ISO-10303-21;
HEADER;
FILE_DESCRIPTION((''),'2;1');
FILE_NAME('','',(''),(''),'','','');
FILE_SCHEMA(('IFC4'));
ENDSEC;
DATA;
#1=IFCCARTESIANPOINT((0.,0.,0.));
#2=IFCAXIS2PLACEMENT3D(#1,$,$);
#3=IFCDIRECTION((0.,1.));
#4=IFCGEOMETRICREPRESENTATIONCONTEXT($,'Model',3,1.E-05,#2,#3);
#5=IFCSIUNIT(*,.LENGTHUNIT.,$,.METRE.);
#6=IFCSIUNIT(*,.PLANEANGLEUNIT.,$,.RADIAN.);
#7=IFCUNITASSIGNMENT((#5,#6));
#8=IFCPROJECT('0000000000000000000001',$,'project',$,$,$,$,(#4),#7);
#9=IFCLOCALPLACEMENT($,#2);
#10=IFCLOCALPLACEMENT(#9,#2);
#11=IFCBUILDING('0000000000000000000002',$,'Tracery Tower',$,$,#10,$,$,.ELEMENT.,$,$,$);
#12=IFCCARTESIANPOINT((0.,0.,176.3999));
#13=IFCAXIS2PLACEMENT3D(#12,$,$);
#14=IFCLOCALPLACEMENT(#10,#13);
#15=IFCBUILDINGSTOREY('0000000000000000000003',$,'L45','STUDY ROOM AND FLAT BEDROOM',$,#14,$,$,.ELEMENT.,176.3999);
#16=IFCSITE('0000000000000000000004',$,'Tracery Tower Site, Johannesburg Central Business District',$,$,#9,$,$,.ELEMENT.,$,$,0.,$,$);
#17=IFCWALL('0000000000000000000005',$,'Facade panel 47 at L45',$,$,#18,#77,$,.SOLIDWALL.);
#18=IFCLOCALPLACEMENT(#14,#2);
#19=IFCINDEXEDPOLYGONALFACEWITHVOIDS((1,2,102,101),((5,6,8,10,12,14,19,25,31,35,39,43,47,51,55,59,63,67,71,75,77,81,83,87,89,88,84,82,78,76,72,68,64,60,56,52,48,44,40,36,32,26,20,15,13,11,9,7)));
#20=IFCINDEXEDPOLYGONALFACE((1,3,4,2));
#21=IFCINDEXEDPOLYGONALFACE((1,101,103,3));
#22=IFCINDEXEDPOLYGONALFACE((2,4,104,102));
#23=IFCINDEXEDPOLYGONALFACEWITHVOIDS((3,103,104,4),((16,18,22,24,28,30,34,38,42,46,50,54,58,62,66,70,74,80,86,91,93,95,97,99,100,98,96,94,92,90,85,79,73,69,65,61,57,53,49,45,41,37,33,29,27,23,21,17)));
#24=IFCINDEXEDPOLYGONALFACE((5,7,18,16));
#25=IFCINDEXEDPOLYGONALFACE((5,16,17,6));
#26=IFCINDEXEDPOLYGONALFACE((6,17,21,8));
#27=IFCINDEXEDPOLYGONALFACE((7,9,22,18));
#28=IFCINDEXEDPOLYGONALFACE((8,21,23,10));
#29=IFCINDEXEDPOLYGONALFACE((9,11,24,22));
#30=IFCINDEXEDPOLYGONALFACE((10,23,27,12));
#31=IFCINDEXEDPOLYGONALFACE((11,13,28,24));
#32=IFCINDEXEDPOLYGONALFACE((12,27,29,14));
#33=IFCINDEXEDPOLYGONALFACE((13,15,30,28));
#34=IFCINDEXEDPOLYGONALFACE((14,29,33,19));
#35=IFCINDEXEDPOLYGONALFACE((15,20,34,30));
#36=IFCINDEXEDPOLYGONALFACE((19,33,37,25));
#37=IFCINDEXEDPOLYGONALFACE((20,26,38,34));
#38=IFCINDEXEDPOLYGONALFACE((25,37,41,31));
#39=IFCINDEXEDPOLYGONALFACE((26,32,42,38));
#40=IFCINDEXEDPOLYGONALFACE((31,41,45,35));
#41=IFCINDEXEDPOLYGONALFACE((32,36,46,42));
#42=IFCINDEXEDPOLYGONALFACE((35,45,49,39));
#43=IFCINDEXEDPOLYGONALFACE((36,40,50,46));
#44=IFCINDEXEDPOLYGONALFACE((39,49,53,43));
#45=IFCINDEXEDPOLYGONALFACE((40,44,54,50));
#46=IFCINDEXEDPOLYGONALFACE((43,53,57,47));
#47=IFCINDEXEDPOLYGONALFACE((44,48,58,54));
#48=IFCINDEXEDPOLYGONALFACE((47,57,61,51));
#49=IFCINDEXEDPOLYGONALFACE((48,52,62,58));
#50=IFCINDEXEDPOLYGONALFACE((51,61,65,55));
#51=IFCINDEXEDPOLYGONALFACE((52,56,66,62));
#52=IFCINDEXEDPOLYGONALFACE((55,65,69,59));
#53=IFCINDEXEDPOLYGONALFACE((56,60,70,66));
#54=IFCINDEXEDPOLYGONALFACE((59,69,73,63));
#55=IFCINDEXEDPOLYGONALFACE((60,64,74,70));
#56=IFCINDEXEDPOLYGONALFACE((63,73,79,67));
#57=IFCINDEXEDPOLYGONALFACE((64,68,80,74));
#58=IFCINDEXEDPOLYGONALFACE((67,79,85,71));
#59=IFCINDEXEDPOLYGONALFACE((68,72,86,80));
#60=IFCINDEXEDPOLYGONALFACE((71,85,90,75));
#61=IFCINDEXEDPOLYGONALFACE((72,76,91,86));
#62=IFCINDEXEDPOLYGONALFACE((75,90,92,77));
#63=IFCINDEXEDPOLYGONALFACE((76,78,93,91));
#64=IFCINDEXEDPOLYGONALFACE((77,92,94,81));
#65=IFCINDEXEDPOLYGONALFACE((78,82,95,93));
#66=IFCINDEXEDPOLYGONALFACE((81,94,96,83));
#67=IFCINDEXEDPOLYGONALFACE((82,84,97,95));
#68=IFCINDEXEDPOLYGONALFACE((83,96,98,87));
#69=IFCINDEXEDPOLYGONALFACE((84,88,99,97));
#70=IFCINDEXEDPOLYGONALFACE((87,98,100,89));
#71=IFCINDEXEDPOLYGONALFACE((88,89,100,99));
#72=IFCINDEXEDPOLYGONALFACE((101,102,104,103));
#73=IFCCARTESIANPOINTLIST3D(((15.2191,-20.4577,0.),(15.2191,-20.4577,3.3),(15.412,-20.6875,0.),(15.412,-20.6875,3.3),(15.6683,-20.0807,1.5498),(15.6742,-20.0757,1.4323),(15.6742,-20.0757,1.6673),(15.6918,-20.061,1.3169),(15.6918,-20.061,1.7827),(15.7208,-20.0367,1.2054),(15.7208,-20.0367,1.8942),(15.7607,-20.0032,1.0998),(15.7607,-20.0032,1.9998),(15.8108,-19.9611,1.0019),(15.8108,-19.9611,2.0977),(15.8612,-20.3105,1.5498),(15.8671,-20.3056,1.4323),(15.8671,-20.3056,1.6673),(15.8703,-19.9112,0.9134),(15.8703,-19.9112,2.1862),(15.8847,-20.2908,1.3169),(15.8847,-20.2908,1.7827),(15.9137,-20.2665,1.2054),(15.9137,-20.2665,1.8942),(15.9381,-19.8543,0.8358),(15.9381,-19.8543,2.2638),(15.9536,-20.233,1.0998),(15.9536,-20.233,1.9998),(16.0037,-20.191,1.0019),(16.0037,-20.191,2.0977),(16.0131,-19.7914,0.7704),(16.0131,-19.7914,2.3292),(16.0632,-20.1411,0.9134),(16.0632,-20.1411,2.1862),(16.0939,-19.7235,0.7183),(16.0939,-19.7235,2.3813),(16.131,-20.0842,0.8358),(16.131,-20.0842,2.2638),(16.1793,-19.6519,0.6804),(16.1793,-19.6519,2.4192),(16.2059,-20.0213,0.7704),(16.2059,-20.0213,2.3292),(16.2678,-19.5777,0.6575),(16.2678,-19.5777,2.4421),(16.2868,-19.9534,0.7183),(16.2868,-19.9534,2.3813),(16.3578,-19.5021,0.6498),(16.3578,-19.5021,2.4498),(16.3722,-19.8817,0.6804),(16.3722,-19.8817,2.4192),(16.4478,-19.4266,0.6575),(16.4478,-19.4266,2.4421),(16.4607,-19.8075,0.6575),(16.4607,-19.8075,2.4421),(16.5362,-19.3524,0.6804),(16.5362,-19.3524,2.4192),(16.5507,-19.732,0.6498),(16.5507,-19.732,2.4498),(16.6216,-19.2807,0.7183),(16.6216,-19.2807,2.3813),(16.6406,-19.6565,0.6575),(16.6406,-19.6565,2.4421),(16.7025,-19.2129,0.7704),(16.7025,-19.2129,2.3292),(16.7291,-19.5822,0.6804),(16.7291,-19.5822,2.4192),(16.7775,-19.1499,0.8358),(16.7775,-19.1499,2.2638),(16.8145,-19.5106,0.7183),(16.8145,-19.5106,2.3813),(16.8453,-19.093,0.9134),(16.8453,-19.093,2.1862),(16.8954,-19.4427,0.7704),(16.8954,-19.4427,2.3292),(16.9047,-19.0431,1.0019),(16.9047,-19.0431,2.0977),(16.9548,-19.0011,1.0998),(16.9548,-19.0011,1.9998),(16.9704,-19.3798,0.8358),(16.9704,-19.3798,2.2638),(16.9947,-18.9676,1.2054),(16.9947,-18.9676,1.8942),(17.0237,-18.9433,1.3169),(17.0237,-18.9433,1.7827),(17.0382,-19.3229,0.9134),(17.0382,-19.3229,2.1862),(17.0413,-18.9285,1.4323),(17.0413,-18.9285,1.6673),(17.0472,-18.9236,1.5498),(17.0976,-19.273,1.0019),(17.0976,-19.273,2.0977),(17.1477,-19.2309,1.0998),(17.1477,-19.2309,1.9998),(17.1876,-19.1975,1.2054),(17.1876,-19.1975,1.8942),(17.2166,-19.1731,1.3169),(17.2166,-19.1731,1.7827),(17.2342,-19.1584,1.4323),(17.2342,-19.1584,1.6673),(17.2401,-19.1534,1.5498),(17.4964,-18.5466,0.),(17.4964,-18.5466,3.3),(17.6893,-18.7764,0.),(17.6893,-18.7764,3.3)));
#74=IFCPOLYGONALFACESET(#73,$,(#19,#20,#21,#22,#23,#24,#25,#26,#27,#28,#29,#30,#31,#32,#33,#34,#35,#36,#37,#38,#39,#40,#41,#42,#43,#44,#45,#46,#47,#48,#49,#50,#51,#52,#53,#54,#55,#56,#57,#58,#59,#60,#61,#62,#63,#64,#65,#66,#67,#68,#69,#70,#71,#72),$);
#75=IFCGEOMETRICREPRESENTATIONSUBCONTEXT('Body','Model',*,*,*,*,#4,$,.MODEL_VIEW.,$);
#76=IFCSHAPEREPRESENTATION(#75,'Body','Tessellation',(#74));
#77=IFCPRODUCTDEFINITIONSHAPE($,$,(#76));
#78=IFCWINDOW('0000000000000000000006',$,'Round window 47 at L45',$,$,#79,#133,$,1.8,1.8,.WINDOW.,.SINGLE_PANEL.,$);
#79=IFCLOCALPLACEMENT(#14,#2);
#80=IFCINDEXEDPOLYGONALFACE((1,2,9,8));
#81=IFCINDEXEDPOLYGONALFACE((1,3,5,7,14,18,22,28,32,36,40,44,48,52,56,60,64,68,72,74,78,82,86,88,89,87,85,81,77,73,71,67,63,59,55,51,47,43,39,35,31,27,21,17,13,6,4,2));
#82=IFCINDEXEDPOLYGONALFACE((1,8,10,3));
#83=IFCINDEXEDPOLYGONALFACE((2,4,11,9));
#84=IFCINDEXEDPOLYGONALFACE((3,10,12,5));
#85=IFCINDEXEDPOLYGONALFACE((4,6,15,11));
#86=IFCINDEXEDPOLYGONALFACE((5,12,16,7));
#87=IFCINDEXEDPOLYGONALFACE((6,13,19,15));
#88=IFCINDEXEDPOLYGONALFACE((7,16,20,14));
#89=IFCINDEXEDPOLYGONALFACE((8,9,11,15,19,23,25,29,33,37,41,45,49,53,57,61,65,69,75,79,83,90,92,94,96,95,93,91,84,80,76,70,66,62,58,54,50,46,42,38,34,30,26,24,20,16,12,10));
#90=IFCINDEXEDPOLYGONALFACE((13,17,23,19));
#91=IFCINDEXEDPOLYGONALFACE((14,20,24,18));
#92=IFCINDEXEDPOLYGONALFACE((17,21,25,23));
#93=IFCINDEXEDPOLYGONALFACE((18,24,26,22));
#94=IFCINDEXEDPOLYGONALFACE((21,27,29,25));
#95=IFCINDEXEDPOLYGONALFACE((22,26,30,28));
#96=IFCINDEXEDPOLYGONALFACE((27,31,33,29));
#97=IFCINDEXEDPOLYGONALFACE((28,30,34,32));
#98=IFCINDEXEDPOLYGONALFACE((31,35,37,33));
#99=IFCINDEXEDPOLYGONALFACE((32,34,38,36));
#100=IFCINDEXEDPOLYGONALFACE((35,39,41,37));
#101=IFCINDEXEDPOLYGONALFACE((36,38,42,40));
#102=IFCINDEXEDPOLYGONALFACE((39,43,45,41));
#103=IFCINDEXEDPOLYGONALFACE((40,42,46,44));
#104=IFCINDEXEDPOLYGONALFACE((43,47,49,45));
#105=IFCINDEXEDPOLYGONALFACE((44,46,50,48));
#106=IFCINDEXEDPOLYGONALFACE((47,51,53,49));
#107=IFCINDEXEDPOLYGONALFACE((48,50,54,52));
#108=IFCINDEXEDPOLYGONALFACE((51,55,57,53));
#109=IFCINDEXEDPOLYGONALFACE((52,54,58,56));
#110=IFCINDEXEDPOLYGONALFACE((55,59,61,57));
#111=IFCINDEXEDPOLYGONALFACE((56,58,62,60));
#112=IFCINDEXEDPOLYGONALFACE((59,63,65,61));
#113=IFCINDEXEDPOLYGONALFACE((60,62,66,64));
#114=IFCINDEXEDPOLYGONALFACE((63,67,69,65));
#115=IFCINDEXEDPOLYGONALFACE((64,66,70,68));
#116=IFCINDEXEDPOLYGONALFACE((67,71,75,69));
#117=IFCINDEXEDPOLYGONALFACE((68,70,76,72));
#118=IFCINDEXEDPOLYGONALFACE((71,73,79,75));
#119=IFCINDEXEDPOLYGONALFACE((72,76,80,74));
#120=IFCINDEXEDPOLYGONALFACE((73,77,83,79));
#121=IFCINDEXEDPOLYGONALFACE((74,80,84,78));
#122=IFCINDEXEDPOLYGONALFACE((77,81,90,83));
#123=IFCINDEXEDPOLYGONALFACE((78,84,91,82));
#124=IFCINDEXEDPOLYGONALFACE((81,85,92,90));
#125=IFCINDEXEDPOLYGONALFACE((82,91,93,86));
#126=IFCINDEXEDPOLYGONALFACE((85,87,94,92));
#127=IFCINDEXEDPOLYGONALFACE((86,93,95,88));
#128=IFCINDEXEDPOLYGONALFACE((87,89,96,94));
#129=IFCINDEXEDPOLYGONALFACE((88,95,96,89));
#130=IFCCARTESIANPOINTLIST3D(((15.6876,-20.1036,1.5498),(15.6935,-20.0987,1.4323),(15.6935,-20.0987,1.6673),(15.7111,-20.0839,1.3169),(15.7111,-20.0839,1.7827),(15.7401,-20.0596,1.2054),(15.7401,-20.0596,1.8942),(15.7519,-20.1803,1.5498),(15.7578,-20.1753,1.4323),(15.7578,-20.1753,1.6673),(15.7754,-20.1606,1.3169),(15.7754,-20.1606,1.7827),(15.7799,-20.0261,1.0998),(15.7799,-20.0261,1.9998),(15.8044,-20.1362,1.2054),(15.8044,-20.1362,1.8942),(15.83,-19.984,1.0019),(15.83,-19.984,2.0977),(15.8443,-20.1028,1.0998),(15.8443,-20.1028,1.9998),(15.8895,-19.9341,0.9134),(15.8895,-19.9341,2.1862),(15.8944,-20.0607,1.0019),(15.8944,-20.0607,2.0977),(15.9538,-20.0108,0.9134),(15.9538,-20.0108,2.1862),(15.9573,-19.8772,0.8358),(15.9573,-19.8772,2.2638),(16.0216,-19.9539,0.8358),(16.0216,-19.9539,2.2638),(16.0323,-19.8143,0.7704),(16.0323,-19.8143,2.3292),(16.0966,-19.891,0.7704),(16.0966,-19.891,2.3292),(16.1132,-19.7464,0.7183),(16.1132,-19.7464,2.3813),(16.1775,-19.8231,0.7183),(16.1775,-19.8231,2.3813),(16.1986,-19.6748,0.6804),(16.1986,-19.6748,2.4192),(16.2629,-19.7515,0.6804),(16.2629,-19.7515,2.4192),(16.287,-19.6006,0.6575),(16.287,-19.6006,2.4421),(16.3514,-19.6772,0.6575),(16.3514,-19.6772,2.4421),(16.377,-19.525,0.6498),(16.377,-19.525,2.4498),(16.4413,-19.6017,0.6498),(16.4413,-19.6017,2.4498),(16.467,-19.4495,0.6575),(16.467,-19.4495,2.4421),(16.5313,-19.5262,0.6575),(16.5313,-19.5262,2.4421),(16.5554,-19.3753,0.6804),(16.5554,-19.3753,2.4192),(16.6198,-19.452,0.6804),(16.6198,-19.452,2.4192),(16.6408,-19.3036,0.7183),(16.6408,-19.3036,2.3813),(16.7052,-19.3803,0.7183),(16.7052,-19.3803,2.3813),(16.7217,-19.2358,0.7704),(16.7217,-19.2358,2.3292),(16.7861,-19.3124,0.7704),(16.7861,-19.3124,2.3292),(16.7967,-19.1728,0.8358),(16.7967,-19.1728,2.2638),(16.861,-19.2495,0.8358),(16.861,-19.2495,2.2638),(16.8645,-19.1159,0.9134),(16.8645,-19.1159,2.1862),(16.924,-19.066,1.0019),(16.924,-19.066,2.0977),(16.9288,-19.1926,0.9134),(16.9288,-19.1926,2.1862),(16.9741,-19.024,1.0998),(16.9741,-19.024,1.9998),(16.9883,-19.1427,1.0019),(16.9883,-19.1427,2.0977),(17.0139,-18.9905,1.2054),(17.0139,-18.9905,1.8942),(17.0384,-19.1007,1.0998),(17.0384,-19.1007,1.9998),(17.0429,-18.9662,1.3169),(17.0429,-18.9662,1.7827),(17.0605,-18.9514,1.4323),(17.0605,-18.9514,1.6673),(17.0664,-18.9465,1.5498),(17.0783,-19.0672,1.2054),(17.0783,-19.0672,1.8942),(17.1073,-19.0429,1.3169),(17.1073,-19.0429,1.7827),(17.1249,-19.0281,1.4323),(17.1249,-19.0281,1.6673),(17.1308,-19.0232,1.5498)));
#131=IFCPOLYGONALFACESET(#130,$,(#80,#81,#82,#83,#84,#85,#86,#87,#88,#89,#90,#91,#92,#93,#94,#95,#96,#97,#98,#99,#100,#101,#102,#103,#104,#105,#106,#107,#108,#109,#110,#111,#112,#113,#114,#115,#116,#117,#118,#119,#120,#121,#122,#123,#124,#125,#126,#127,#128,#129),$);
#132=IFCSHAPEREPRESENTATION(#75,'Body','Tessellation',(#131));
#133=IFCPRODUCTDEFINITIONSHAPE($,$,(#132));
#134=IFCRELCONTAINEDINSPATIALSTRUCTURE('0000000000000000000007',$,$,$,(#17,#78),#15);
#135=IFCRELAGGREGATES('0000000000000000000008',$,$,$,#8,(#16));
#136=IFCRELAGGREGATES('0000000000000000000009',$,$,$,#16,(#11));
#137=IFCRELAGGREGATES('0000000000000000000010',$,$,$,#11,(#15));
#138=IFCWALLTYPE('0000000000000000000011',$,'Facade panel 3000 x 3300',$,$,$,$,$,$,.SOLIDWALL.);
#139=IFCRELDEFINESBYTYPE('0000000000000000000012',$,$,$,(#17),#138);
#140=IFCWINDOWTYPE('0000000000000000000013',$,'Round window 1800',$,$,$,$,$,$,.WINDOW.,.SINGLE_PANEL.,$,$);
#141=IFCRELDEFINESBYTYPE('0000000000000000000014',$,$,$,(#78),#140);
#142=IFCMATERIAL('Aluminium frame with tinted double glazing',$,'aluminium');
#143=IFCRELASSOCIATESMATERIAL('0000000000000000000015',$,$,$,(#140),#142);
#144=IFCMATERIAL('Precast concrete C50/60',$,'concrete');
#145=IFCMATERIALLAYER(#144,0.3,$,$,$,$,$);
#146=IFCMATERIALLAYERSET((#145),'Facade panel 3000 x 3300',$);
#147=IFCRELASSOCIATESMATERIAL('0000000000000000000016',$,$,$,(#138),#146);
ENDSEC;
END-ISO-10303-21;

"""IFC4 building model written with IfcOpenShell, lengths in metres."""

from ifc_helpers import new_model, si_unit, direction, frame, frame_2d, origin, origin_2d, place, context, subcontext, project, spatial, rectangle, circle, extrude, material, layer, layer_set, type_object, element, fill, save


model = new_model("IFC4")

# Units and contexts
model_context = context("Model", 3, precision=1e-05, world=origin(), true_north=direction((0.0, 1.0)))
body_context = subcontext(model_context, "Body", "Model", "MODEL_VIEW")
ifc_project = project(units=[si_unit("LENGTHUNIT", "METRE"), si_unit("PLANEANGLEUNIT", "RADIAN")], contexts=[model_context])

# Site, building, storey
site_placement = place(None, origin())
site = spatial("IfcSite", under=ifc_project, at=site_placement, Name="Tracery Tower Site, Johannesburg Central Business District", CompositionType="ELEMENT", RefElevation=0.0)
building_placement = place(site_placement, origin())
building = spatial("IfcBuilding", under=site, at=building_placement, Name="Tracery Tower", CompositionType="ELEMENT")
storey_placement = place(building_placement, frame((0.0, 0.0, 176.3999)))
storey = spatial("IfcBuildingStorey", under=building, at=storey_placement, Name="L45", Description="STUDY ROOM AND FLAT BEDROOM", CompositionType="ELEMENT", Elevation=176.3999)

# Wall, opening, window
ifc_material_1 = material(Name="Aluminium frame with tinted double glazing", Category="aluminium")
window_type = type_object("IfcWindowType", Name="Round window 1800", PartitioningType="SINGLE_PANEL", PredefinedType="WINDOW", material=ifc_material_1)
ifc_material_2 = material(Name="Precast concrete C50/60", Category="concrete")
ifc_layer_1 = layer(ifc_material_2, 0.3)
ifc_layer_set_1 = layer_set([ifc_layer_1], Name="Facade panel 3000 x 3300")
wall_type_1 = type_object("IfcWallType", Name="Facade panel 3000 x 3300", PredefinedType="SOLIDWALL", material=ifc_layer_set_1)
wall_1_placement = place(storey_placement, frame((15.3157, -20.5725, 0.0), z_axis=(0.0, 0.0, 1.0), x_axis=(0.766009, 0.64283, 0.0)))
wall_1 = element("IfcWall", 1, at=wall_1_placement, inside=storey, type_object=wall_type_1, Name="Facade panel 47 at L45", PredefinedType="SOLIDWALL", context=body_context, shape_type="SweptSolid", body=[
    extrude(rectangle(XDim=2.9729, YDim=0.3, at=frame_2d((1.4863, 0.0))), origin(), (0.0, 0.0, 1.0), 3.3),
])
opening_1_placement = place(wall_1_placement, frame((1.4863, 0.0, 1.5498)))
opening_1 = element("IfcOpeningElement", 2, at=opening_1_placement, cuts=wall_1, PredefinedType="OPENING", context=body_context, shape_type="SweptSolid", body=[
    extrude(circle(Radius=0.9, at=origin_2d()), frame((0.0, 0.1599, 0.0), z_axis=(0.0, -1.0, 0.0), x_axis=(1.0, 0.0, 0.0)), (0.0, 0.0, 1.0), 0.3201),
])
window_1_placement = place(opening_1_placement, origin())
window_1 = element("IfcWindow", 3, at=window_1_placement, inside=storey, type_object=window_type, Name="Round window 47 at L45", OverallHeight=1.8, OverallWidth=1.8, PartitioningType="SINGLE_PANEL", PredefinedType="WINDOW", context=body_context, shape_type="SweptSolid", body=[
    extrude(circle(Radius=0.9, at=origin_2d()), frame((0.0, 0.1201, 0.0), z_axis=(0.0, -1.0, 0.0), x_axis=(1.0, 0.0, 0.0)), (0.0, 0.0, 1.0), 0.1001),
])
fill(opening_1, window_1)

save(model, "model.ifc")
